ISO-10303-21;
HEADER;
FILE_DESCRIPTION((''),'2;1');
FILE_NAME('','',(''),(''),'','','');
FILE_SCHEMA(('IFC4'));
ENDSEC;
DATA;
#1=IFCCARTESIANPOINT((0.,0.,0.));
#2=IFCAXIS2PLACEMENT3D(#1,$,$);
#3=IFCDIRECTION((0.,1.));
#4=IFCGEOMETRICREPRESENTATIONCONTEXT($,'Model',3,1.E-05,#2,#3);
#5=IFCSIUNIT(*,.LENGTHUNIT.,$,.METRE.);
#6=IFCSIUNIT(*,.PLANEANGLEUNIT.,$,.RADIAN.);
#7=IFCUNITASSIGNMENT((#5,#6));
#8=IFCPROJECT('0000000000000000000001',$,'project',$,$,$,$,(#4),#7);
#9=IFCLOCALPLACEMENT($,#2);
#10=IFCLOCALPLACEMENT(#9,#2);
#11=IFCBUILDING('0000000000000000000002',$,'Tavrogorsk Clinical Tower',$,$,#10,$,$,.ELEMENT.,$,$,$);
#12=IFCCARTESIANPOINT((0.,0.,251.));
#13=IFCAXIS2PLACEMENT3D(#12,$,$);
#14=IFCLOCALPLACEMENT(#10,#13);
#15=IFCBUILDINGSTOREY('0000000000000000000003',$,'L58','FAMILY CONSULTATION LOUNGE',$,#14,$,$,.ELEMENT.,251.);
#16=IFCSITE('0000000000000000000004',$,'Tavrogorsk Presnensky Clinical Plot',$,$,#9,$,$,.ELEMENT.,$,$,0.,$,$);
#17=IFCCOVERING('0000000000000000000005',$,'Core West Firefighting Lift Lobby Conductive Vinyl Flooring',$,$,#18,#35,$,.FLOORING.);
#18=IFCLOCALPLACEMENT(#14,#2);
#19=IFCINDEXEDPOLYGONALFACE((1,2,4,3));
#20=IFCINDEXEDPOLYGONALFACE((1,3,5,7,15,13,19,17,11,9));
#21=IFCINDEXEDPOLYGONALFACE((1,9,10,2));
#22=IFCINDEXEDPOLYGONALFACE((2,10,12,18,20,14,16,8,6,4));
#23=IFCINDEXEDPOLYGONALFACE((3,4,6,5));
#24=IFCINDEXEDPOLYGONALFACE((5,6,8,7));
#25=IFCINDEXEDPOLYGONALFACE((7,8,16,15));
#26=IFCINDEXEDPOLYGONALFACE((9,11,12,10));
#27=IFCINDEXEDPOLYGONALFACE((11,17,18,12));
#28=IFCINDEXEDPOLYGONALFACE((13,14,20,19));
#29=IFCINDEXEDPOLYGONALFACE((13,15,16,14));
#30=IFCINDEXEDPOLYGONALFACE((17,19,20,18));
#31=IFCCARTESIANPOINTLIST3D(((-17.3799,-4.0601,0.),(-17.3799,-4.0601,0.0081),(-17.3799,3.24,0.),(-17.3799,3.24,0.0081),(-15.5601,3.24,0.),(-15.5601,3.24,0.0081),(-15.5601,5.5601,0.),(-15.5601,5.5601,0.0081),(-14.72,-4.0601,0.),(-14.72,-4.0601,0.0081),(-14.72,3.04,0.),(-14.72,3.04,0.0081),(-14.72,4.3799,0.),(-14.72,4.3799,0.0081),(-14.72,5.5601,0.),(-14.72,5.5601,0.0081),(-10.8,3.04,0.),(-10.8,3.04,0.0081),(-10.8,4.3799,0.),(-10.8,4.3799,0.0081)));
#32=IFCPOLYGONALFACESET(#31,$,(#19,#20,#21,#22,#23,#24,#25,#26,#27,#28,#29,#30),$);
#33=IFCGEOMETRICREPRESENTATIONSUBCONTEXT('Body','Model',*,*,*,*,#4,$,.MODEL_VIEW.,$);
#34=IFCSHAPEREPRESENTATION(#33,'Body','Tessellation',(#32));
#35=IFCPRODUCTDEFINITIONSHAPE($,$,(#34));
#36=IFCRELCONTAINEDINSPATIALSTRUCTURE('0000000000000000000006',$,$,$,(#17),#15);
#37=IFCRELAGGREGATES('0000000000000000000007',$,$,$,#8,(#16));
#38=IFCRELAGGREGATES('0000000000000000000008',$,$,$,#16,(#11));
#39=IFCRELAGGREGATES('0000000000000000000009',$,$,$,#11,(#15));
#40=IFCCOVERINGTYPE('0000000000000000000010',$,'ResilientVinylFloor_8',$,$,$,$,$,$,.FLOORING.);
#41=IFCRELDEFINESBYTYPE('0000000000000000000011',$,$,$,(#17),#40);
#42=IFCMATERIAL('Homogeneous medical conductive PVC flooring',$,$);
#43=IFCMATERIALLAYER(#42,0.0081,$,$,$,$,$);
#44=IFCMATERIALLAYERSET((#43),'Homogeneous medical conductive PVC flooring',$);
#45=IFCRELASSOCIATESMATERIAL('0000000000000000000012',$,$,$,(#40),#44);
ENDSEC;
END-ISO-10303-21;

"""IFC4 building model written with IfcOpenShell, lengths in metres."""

from ifc_helpers import new_model, si_unit, direction, frame, origin, place, context, subcontext, project, spatial, polyline, outline, extrude, material, layer, layer_set, type_object, element, save


model = new_model("IFC4")

# Units and contexts
model_context = context("Model", 3, precision=1e-05, world=origin(), true_north=direction((0.0, 1.0)))
body_context = subcontext(model_context, "Body", "Model", "MODEL_VIEW")
ifc_project = project(units=[si_unit("LENGTHUNIT", "METRE"), si_unit("PLANEANGLEUNIT", "RADIAN")], contexts=[model_context])

# Site, building, storey
site_placement = place(None, origin())
site = spatial("IfcSite", under=ifc_project, at=site_placement, Name="Tavrogorsk Presnensky Clinical Plot", CompositionType="ELEMENT", RefElevation=0.0)
building_placement = place(site_placement, origin())
building = spatial("IfcBuilding", under=site, at=building_placement, Name="Tavrogorsk Clinical Tower", CompositionType="ELEMENT")
storey_placement = place(building_placement, frame((0.0, 0.0, 251.0)))
storey = spatial("IfcBuildingStorey", under=building, at=storey_placement, Name="L58", Description="FAMILY CONSULTATION LOUNGE", CompositionType="ELEMENT", Elevation=251.0)

# Covering
ifc_material_1 = material(Name="Homogeneous medical conductive PVC flooring")
ifc_layer_1 = layer(ifc_material_1, 0.0081)
ifc_layer_set_1 = layer_set([ifc_layer_1], Name="Homogeneous medical conductive PVC flooring")
covering_type_1 = type_object("IfcCoveringType", Name="ResilientVinylFloor_8", PredefinedType="FLOORING", material=ifc_layer_set_1)
covering_1_placement = place(storey_placement, origin())
element("IfcCovering", 1, at=covering_1_placement, inside=storey, type_object=covering_type_1, Name="Core West Firefighting Lift Lobby Conductive Vinyl Flooring", PredefinedType="FLOORING", context=body_context, shape_type="SweptSolid", body=[
    extrude(outline(polyline([(-14.72, 4.3799), (-10.8, 4.3799), (-10.8, 3.04), (-14.72, 3.04), (-14.72, -4.0601), (-17.3799, -4.0601), (-17.3799, 3.24), (-15.5601, 3.24), (-15.5601, 5.5601), (-14.72, 5.5601), (-14.72, 4.3799)])), origin(), (0.0, 0.0, 1.0), 0.0081),
])

save(model, "model.ifc")
